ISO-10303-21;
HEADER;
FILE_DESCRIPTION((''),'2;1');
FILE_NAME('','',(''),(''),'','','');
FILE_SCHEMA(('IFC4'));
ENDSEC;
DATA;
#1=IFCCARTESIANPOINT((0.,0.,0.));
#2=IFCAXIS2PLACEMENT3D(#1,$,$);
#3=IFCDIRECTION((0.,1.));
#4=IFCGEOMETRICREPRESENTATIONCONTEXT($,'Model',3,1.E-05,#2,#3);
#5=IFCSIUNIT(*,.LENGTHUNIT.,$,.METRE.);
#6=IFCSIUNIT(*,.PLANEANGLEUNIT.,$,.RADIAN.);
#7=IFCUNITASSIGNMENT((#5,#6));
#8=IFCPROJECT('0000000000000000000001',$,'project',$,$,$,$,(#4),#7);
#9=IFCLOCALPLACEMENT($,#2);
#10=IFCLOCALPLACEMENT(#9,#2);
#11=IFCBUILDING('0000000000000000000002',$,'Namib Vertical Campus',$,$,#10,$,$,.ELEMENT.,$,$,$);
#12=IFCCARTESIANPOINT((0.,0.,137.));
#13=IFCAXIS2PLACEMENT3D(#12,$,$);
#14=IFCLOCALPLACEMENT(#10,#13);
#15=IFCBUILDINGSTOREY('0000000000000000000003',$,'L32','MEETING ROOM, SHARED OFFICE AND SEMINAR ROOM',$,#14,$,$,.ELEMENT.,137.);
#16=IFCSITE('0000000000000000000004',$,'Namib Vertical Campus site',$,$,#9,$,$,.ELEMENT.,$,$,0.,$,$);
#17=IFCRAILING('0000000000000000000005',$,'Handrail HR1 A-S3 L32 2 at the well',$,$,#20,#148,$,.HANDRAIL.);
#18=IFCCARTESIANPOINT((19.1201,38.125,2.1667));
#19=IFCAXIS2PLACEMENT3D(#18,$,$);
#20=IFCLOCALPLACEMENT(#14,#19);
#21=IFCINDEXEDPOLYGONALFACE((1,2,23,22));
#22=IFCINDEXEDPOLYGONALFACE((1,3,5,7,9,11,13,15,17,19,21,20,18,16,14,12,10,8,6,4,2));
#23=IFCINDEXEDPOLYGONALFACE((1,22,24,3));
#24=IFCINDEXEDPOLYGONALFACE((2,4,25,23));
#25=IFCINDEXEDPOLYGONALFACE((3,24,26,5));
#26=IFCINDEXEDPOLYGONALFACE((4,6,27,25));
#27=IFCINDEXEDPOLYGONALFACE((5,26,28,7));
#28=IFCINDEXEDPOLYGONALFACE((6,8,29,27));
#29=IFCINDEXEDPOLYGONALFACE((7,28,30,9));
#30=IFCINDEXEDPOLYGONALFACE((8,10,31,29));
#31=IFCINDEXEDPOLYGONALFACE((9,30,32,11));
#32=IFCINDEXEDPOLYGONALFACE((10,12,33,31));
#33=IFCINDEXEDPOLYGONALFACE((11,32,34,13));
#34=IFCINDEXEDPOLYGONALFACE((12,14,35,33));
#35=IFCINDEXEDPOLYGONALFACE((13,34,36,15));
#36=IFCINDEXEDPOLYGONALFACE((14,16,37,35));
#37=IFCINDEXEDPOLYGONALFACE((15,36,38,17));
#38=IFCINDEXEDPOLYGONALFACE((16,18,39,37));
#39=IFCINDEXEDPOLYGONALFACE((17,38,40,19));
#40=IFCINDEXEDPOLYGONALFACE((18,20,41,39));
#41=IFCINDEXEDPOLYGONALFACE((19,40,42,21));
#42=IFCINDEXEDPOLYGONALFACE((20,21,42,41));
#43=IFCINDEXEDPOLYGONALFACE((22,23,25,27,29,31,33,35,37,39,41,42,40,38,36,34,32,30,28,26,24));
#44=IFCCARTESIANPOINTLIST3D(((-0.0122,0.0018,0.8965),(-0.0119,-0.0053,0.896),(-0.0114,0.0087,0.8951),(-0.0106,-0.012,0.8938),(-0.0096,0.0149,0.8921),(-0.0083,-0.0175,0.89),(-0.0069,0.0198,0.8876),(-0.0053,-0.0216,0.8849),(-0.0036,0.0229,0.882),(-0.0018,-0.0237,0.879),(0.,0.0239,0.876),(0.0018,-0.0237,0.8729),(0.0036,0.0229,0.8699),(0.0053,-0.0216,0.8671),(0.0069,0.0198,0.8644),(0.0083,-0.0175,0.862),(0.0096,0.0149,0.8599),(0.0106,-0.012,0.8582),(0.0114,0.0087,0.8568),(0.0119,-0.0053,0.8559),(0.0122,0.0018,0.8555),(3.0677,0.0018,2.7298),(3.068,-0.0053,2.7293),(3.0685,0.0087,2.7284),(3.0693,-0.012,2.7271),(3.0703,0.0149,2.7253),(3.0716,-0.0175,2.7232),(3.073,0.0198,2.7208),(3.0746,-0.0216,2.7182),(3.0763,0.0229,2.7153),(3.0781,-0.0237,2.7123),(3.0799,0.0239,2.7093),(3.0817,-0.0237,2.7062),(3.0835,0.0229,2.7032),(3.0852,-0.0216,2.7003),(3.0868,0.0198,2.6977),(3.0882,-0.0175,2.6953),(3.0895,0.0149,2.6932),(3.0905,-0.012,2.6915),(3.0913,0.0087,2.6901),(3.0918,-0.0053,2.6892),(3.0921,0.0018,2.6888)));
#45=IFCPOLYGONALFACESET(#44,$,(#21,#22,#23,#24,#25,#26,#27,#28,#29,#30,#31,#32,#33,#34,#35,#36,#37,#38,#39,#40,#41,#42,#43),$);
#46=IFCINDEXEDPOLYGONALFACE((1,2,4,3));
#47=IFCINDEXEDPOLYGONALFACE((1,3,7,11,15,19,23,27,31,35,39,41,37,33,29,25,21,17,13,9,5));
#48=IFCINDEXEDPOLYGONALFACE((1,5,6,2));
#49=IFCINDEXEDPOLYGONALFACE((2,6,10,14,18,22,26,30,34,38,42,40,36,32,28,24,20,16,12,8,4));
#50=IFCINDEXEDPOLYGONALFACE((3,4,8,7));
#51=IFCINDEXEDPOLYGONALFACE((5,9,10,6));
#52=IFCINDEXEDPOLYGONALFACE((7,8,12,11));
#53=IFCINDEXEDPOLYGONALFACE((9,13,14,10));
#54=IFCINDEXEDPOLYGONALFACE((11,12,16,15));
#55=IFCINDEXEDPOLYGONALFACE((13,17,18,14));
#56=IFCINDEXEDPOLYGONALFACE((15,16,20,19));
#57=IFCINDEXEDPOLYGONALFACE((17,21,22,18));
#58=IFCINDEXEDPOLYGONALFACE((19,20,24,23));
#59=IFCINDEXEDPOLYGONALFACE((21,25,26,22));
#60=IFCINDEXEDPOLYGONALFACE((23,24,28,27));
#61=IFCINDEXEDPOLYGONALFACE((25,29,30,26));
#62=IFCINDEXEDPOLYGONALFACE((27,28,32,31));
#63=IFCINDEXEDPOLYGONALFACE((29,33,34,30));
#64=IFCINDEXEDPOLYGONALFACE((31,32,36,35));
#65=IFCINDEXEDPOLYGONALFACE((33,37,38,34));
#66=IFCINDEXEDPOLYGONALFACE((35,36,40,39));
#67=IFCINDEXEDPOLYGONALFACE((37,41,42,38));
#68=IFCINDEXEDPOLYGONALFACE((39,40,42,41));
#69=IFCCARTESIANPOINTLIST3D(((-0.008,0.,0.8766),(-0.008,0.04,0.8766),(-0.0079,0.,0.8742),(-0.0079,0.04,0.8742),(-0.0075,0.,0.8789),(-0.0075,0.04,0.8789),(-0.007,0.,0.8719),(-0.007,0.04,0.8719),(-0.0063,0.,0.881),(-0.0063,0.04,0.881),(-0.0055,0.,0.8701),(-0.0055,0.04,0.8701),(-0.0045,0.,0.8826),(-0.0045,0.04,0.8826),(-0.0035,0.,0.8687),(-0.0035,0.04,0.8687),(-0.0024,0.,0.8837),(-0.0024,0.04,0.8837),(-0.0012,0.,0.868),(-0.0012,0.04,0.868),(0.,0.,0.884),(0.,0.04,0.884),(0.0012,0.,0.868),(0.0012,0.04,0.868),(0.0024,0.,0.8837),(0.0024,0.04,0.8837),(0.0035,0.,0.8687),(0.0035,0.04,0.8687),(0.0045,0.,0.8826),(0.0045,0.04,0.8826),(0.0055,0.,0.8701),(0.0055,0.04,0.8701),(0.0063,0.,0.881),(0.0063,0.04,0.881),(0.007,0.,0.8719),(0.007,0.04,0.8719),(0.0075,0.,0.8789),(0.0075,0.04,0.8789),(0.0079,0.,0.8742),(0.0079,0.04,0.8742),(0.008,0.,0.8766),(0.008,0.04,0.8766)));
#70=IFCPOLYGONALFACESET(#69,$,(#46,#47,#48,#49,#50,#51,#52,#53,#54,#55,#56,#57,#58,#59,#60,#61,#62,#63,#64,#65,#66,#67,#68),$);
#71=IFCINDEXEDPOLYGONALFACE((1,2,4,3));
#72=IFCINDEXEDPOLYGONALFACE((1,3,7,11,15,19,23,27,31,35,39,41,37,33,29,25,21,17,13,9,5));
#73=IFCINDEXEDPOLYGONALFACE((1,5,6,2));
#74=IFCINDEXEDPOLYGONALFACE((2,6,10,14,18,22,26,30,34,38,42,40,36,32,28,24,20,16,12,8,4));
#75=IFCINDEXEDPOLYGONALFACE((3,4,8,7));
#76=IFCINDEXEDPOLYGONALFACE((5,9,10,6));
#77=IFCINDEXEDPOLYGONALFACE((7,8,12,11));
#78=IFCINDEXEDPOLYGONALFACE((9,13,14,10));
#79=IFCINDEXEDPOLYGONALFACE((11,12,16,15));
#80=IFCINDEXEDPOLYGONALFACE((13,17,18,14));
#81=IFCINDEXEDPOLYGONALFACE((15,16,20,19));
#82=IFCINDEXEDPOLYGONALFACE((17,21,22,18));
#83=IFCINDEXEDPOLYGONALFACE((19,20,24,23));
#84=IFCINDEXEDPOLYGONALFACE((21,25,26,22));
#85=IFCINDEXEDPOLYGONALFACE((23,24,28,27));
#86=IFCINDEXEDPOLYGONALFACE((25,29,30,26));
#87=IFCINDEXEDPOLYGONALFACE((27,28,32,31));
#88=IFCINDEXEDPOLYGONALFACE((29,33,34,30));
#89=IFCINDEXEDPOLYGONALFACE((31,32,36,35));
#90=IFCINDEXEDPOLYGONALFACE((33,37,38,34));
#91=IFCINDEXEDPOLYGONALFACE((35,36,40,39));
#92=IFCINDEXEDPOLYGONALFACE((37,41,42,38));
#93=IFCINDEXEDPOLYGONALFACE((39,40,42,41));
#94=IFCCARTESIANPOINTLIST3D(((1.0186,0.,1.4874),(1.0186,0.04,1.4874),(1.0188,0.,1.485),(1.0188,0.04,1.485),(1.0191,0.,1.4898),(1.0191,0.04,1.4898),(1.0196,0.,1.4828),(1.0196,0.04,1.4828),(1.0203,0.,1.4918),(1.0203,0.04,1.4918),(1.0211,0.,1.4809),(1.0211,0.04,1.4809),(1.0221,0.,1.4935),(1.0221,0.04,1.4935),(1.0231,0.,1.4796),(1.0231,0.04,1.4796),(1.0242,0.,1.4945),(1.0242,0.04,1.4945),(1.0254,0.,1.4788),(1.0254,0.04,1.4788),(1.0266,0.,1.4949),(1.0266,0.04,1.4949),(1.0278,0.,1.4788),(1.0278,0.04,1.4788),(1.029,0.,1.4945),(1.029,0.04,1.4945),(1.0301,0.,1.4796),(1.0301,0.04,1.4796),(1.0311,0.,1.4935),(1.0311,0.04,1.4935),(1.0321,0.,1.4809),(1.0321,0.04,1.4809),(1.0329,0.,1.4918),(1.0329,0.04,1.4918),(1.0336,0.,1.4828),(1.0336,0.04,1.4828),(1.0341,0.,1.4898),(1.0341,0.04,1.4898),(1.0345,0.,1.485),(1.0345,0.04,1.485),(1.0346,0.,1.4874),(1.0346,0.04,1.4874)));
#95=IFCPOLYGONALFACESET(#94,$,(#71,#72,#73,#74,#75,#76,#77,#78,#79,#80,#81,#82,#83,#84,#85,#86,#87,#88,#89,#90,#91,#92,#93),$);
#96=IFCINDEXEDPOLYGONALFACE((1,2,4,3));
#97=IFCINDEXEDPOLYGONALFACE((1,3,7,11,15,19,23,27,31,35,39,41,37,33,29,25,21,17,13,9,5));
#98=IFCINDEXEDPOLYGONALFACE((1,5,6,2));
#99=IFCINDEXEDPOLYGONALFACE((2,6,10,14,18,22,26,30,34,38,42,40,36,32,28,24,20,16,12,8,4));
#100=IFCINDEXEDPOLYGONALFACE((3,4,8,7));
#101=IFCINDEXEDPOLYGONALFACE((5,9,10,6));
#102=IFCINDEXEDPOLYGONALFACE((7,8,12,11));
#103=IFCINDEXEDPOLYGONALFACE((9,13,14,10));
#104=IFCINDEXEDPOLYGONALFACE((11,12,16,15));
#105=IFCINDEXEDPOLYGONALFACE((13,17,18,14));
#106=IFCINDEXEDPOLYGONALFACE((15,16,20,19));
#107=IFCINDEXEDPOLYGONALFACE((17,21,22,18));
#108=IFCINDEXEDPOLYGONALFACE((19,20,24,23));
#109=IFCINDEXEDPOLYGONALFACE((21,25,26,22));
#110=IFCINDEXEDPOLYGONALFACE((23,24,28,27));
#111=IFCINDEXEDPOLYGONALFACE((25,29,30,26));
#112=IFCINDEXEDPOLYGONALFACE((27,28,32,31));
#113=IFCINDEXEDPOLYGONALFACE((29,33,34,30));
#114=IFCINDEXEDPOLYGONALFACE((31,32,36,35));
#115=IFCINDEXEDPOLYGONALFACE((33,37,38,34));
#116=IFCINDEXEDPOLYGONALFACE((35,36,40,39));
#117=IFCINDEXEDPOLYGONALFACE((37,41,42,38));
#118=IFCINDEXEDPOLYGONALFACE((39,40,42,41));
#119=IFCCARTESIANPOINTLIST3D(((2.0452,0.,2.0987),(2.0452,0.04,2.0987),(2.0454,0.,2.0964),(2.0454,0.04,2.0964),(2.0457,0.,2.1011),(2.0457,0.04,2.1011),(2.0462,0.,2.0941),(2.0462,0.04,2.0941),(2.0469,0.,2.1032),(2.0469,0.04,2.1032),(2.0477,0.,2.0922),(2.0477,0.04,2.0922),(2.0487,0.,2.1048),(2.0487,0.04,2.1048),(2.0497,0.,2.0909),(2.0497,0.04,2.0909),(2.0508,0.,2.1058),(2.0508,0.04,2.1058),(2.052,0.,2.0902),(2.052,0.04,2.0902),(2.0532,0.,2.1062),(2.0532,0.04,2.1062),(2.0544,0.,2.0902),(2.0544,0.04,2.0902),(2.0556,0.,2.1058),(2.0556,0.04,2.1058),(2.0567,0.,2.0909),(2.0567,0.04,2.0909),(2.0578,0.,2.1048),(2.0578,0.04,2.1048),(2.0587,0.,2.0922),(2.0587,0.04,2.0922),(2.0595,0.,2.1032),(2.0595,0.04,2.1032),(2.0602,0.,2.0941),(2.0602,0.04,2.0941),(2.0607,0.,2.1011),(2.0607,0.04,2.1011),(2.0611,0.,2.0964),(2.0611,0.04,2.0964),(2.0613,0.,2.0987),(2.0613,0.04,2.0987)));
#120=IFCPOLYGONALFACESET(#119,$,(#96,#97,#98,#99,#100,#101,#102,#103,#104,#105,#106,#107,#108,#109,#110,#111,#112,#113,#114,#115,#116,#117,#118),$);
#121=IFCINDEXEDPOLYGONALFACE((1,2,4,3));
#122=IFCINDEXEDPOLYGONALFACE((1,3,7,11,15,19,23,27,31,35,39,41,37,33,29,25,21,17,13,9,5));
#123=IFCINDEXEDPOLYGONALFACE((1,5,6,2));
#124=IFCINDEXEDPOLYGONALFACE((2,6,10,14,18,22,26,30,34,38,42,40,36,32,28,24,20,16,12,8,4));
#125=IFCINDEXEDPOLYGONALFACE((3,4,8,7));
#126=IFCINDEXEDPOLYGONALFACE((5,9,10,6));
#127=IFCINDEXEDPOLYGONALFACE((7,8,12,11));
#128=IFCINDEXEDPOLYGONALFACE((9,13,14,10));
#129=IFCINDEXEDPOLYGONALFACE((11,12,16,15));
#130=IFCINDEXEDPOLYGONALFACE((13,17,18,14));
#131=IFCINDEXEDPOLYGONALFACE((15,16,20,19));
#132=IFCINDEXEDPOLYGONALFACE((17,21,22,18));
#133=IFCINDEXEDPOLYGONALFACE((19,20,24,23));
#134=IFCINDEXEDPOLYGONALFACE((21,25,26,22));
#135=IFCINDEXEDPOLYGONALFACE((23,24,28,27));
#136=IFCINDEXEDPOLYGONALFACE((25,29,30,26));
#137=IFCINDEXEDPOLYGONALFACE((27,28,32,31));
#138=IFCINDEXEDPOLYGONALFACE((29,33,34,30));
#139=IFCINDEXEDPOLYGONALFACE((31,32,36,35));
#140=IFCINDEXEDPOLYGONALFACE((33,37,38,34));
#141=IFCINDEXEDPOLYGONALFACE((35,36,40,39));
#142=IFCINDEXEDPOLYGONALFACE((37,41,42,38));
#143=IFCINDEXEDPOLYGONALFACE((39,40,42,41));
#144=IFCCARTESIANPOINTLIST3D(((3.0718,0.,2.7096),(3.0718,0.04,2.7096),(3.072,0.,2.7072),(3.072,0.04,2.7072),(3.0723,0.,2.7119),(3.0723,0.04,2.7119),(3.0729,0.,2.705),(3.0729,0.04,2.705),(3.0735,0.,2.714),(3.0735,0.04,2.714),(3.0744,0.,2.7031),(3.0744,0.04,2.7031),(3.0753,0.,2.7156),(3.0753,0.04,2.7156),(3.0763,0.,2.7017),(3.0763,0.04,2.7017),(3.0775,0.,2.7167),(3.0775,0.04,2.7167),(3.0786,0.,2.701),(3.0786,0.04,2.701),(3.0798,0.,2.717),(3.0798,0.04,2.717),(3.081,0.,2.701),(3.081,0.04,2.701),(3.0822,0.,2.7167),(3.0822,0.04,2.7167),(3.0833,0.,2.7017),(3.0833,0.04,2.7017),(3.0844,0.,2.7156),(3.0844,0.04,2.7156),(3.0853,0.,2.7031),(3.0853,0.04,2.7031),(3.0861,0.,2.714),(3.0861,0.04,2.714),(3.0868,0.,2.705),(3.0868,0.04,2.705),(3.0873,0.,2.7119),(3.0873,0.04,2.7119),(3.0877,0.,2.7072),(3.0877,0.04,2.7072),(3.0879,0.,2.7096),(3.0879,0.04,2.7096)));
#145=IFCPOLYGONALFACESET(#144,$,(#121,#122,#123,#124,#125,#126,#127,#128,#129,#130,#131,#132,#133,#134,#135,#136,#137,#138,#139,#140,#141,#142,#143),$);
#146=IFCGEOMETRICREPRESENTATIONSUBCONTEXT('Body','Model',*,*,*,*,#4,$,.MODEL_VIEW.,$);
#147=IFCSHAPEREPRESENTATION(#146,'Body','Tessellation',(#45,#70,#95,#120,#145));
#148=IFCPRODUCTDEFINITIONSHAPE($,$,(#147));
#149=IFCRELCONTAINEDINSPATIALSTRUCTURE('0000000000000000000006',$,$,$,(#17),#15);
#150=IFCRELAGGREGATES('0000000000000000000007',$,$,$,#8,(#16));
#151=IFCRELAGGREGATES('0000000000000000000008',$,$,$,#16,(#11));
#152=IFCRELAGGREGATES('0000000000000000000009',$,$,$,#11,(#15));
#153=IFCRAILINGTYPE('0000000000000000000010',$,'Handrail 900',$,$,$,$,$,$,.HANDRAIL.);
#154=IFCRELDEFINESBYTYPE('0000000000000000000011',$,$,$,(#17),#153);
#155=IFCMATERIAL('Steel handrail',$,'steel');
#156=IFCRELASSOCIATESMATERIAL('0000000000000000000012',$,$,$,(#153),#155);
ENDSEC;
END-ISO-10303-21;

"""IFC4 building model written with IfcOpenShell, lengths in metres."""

from ifc_helpers import new_model, si_unit, direction, frame, origin, origin_2d, place, context, subcontext, project, spatial, circle, extrude, material, type_object, element, save


model = new_model("IFC4")

# Units and contexts
model_context = context("Model", 3, precision=1e-05, world=origin(), true_north=direction((0.0, 1.0)))
body_context = subcontext(model_context, "Body", "Model", "MODEL_VIEW")
ifc_project = project(units=[si_unit("LENGTHUNIT", "METRE"), si_unit("PLANEANGLEUNIT", "RADIAN")], contexts=[model_context])

# Site, building, storey
site_placement = place(None, origin())
site = spatial("IfcSite", under=ifc_project, at=site_placement, Name="Namib Vertical Campus site", CompositionType="ELEMENT", RefElevation=0.0)
building_placement = place(site_placement, origin())
building = spatial("IfcBuilding", under=site, at=building_placement, Name="Namib Vertical Campus", CompositionType="ELEMENT")
storey_placement = place(building_placement, frame((0.0, 0.0, 137.0)))
storey = spatial("IfcBuildingStorey", under=building, at=storey_placement, Name="L32", Description="MEETING ROOM, SHARED OFFICE AND SEMINAR ROOM", CompositionType="ELEMENT", Elevation=137.0)

# Railing
ifc_material_1 = material(Name="Steel handrail", Category="steel")
railing_type = type_object("IfcRailingType", Name="Handrail 900", PredefinedType="HANDRAIL", material=ifc_material_1)
railing_1_placement = place(storey_placement, frame((19.1201, 38.125, 2.1667)))
element("IfcRailing", 1, at=railing_1_placement, inside=storey, type_object=railing_type, Name="Handrail HR1 A-S3 L32 2 at the well", PredefinedType="HANDRAIL", context=body_context, shape_type="SweptSolid", body=[
    extrude(circle(Radius=0.0239, at=origin_2d()), frame((0.0, 0.0, 0.876), z_axis=(0.859291, 0.0, 0.511487), x_axis=(0.0, 1.0, 0.0)), (0.0, 0.0, 1.0), 3.5842),
    extrude(circle(Radius=0.0081, at=origin_2d()), frame((0.0, 0.0, 0.876), z_axis=(0.0, 1.0, 0.0), x_axis=(0.0, 0.0, 1.0)), (0.0, 0.0, 1.0), 0.04),
    extrude(circle(Radius=0.0081, at=origin_2d()), frame((1.0266, 0.0, 1.4868), z_axis=(0.0, 1.0, 0.0), x_axis=(0.0, 0.0, 1.0)), (0.0, 0.0, 1.0), 0.04),
    extrude(circle(Radius=0.0081, at=origin_2d()), frame((2.0532, 0.0, 2.0981), z_axis=(0.0, 1.0, 0.0), x_axis=(0.0, 0.0, 1.0)), (0.0, 0.0, 1.0), 0.04),
    extrude(circle(Radius=0.0081, at=origin_2d()), frame((3.0798, 0.0, 2.709), z_axis=(0.0, 1.0, 0.0), x_axis=(0.0, 0.0, 1.0)), (0.0, 0.0, 1.0), 0.04),
])

save(model, "model.ifc")
